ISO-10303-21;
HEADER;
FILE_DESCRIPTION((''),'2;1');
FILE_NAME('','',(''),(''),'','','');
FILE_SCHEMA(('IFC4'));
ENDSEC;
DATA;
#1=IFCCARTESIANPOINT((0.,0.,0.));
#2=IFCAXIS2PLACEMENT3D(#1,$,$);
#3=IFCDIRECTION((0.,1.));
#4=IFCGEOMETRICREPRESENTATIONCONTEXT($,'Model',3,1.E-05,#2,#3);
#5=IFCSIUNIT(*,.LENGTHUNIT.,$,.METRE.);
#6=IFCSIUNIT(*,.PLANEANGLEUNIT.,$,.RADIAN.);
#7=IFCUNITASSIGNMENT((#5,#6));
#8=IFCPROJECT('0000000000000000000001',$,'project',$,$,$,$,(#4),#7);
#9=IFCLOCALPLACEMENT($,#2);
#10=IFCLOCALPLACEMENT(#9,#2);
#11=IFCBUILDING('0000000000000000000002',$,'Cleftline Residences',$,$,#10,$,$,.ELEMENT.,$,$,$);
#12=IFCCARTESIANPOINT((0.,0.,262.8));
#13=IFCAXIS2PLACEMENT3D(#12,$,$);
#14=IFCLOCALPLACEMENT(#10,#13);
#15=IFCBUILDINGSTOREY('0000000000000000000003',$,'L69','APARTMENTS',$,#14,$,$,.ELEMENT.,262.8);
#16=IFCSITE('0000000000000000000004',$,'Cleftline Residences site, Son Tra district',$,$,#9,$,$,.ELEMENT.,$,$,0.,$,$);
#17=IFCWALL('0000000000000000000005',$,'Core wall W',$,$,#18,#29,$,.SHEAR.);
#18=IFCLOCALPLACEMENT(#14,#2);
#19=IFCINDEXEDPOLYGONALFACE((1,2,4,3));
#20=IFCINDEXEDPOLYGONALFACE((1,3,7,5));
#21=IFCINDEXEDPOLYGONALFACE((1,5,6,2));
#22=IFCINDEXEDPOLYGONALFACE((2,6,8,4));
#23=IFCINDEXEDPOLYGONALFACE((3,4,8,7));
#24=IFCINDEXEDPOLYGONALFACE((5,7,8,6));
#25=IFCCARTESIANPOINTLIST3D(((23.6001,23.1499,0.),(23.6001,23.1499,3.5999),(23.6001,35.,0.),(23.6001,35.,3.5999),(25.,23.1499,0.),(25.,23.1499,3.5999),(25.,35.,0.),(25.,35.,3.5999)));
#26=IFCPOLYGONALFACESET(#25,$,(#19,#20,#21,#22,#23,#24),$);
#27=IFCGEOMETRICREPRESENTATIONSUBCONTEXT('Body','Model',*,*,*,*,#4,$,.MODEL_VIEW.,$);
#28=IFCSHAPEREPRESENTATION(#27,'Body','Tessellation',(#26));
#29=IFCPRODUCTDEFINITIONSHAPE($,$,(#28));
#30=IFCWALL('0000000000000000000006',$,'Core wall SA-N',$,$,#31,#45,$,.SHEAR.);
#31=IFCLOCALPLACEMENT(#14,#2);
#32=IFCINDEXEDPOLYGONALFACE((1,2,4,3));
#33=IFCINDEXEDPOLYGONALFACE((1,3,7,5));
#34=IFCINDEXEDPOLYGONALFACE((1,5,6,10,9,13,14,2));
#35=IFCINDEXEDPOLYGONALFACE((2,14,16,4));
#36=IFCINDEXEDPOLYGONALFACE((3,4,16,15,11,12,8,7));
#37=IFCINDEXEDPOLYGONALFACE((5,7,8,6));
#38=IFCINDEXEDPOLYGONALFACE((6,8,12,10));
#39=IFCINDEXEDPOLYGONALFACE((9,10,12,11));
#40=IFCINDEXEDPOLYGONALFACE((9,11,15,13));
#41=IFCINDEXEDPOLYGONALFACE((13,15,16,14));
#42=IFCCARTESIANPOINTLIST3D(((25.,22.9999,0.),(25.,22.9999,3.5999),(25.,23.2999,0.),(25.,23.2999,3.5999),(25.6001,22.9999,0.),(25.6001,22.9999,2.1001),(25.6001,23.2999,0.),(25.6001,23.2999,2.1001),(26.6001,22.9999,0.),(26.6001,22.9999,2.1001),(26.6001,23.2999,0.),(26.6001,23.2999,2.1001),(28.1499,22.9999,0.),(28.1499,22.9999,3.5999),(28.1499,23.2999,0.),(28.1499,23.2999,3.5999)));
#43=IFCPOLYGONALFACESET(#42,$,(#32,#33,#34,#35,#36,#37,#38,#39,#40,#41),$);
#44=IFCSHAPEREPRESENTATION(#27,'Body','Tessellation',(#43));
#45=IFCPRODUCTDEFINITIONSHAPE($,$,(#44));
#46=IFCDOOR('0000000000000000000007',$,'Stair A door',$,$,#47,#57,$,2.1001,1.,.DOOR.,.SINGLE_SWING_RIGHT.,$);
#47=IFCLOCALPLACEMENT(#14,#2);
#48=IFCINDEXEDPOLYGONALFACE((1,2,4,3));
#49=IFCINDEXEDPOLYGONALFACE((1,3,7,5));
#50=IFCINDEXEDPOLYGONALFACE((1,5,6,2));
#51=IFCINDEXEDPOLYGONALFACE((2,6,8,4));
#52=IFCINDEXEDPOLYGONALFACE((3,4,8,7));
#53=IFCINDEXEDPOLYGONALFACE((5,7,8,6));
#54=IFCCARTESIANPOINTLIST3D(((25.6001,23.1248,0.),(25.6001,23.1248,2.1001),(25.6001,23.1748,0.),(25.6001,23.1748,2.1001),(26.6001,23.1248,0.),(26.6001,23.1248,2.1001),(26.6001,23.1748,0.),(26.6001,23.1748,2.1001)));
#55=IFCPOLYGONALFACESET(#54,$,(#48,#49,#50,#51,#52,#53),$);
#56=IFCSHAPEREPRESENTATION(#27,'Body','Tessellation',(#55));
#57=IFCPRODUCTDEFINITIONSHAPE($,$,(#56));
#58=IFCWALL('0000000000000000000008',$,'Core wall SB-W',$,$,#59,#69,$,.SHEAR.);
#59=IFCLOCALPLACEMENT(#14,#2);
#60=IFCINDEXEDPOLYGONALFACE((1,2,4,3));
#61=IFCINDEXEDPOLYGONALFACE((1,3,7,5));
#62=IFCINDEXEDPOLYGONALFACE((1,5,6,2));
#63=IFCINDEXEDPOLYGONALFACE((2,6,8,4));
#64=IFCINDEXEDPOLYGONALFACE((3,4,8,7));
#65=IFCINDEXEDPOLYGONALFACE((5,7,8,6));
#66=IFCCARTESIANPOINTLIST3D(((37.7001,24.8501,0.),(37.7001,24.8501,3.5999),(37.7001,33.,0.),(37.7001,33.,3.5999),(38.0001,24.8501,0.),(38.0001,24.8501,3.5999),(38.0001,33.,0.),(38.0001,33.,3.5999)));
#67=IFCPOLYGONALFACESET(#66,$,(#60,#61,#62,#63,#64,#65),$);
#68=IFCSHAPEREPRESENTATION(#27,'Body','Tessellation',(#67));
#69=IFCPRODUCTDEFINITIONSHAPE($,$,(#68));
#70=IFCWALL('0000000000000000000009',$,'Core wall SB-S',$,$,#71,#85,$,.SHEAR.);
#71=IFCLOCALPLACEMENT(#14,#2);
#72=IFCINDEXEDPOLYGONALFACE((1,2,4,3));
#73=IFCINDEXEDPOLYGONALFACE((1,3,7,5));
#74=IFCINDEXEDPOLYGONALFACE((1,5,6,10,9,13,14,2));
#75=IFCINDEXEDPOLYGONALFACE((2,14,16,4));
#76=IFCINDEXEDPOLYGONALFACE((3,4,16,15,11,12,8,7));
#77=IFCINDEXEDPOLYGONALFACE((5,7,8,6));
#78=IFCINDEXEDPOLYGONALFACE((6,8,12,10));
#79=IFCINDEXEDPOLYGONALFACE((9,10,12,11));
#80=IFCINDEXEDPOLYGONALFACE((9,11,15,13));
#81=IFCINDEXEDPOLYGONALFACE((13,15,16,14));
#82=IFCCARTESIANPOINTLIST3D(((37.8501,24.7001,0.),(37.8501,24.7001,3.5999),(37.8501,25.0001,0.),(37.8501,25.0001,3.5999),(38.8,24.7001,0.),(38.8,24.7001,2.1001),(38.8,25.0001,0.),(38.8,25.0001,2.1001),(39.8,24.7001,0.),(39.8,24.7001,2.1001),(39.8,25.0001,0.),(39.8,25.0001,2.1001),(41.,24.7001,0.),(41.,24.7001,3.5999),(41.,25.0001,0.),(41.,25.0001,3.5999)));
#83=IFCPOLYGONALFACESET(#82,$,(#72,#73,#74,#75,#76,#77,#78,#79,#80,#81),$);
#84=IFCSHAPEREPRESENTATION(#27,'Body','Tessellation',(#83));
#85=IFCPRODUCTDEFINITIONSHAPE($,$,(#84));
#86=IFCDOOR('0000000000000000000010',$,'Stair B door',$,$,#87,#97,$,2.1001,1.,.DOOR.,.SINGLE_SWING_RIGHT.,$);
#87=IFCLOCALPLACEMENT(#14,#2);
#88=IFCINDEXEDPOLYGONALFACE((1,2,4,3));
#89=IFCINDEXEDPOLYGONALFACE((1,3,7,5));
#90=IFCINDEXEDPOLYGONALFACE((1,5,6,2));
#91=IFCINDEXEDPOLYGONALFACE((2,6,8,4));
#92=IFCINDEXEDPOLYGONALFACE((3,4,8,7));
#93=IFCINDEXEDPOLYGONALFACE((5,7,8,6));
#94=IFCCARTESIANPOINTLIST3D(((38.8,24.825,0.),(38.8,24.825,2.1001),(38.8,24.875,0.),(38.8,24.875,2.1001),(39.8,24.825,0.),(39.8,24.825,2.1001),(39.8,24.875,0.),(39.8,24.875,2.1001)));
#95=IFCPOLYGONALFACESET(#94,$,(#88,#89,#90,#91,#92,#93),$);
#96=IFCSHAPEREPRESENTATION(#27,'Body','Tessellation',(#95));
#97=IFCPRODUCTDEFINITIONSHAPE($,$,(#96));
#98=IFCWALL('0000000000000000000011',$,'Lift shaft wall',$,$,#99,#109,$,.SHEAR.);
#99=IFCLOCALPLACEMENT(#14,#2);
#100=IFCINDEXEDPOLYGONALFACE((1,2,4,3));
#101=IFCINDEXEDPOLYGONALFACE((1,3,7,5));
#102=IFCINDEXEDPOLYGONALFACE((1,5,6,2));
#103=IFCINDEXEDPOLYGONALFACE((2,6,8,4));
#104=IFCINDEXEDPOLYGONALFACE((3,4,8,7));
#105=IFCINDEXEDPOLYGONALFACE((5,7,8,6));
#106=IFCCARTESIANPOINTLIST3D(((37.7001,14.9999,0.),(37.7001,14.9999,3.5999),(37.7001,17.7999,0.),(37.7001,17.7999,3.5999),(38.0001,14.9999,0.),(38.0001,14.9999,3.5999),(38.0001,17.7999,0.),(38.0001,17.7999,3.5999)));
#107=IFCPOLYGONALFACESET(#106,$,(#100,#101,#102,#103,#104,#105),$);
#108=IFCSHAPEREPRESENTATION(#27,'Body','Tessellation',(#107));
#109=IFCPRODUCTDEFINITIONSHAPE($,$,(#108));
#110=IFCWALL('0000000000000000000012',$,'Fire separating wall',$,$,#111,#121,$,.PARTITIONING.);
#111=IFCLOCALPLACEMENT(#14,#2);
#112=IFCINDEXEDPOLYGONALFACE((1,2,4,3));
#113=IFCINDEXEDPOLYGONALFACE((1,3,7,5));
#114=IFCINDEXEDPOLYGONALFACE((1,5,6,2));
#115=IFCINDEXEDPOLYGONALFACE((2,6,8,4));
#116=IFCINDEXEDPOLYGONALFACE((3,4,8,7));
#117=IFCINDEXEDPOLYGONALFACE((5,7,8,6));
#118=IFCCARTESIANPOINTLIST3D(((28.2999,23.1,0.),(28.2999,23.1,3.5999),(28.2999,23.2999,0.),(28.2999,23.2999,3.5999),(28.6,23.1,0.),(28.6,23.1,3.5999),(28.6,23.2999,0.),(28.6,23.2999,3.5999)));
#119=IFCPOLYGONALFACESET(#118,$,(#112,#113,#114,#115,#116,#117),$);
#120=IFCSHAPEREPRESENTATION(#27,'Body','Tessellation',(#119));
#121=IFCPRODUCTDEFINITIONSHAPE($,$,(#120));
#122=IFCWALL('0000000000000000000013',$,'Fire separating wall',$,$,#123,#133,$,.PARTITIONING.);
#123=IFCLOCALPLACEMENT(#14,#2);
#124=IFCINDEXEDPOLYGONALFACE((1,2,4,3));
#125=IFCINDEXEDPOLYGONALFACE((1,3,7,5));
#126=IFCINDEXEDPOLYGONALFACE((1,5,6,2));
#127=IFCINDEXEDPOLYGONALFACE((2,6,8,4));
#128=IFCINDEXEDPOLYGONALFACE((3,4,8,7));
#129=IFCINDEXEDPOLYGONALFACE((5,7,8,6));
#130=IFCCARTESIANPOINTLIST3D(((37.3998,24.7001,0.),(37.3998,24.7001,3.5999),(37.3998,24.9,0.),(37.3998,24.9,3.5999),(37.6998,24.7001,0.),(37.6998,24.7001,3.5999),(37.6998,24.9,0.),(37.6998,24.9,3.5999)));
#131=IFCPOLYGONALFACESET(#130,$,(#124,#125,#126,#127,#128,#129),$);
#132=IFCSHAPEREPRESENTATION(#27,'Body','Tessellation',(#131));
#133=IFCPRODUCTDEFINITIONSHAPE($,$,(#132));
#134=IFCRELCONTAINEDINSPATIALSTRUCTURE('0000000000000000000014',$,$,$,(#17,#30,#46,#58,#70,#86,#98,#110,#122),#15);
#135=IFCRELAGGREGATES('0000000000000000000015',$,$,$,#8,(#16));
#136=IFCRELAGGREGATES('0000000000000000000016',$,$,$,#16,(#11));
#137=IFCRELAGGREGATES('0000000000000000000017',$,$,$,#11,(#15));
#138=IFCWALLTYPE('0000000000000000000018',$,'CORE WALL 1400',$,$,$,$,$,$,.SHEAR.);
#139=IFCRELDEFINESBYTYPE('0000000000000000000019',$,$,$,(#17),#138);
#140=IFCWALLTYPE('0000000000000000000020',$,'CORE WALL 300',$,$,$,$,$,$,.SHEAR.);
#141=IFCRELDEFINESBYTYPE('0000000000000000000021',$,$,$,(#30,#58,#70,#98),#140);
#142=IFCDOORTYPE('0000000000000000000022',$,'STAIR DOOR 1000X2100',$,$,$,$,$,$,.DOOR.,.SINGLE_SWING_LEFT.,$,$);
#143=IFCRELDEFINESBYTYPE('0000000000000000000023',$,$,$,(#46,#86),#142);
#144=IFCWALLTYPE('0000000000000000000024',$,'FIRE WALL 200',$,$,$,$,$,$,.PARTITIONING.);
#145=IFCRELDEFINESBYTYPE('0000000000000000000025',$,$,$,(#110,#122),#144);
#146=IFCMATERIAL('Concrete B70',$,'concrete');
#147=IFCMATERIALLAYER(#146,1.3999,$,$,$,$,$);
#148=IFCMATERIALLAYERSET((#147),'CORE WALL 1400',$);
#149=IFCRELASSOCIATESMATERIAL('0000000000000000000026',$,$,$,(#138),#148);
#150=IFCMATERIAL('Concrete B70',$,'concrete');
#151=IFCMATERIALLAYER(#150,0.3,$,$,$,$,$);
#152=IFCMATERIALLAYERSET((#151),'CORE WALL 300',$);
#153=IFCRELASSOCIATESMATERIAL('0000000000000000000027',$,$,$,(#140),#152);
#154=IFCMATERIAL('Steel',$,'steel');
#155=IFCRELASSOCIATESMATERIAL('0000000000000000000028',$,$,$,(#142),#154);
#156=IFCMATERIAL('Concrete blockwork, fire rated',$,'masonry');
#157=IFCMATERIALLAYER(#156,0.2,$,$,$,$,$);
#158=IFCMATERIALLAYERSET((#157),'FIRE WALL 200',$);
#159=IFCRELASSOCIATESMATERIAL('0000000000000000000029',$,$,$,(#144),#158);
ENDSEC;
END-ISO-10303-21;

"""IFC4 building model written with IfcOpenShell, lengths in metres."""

from ifc_helpers import new_model, si_unit, direction, frame, frame_2d, origin, place, context, subcontext, project, spatial, rectangle, extrude, material, layer, layer_set, type_object, element, fill, save


model = new_model("IFC4")

# Units and contexts
model_context = context("Model", 3, precision=1e-05, world=origin(), true_north=direction((0.0, 1.0)))
body_context = subcontext(model_context, "Body", "Model", "MODEL_VIEW")
ifc_project = project(units=[si_unit("LENGTHUNIT", "METRE"), si_unit("PLANEANGLEUNIT", "RADIAN")], contexts=[model_context])

# Site, building, storey
site_placement = place(None, origin())
site = spatial("IfcSite", under=ifc_project, at=site_placement, Name="Cleftline Residences site, Son Tra district", CompositionType="ELEMENT", RefElevation=0.0)
building_placement = place(site_placement, origin())
building = spatial("IfcBuilding", under=site, at=building_placement, Name="Cleftline Residences", CompositionType="ELEMENT")
storey_placement = place(building_placement, frame((0.0, 0.0, 262.8)))
storey = spatial("IfcBuildingStorey", under=building, at=storey_placement, Name="L69", Description="APARTMENTS", CompositionType="ELEMENT", Elevation=262.8)

# Wall
ifc_material_1 = material(Name="Concrete B70", Category="concrete")
ifc_layer_1 = layer(ifc_material_1, 1.3999)
ifc_layer_set_1 = layer_set([ifc_layer_1], Name="CORE WALL 1400")
wall_type_1 = type_object("IfcWallType", Name="CORE WALL 1400", PredefinedType="SHEAR", material=ifc_layer_set_1)
wall_1_placement = place(storey_placement, frame((24.3, 23.1499, 0.0), z_axis=(0.0, 0.0, 1.0), x_axis=(0.0, 1.0, 0.0)))
element("IfcWall", 1, at=wall_1_placement, inside=storey, type_object=wall_type_1, Name="Core wall W", PredefinedType="SHEAR", context=body_context, shape_type="SweptSolid", body=[
    extrude(rectangle(XDim=11.8501, YDim=1.3999, at=frame_2d((5.925, 0.0))), origin(), (0.0, 0.0, 1.0), 3.5999),
])

# Wall, opening, door
ifc_material_2 = material(Name="Concrete B70", Category="concrete")
ifc_layer_2 = layer(ifc_material_2, 0.3)
ifc_layer_set_2 = layer_set([ifc_layer_2], Name="CORE WALL 300")
wall_type_2 = type_object("IfcWallType", Name="CORE WALL 300", PredefinedType="SHEAR", material=ifc_layer_set_2)
wall_2_placement = place(storey_placement, frame((25.0, 23.1499, 0.0), z_axis=(0.0, 0.0, 1.0), x_axis=(1.0, 0.0, 0.0)))
wall_2 = element("IfcWall", 2, at=wall_2_placement, inside=storey, type_object=wall_type_2, Name="Core wall SA-N", PredefinedType="SHEAR", context=body_context, shape_type="SweptSolid", body=[
    extrude(rectangle(XDim=3.1499, YDim=0.3, at=frame_2d((1.575, 0.0))), origin(), (0.0, 0.0, 1.0), 3.5999),
])
opening_1_placement = place(wall_2_placement, frame((0.6001, 0.0, 0.0)))
opening_1 = element("IfcOpeningElement", 3, at=opening_1_placement, cuts=wall_2, PredefinedType="OPENING", context=body_context, shape_type="SweptSolid", body=[
    extrude(rectangle(XDim=1.0, YDim=2.1001, at=frame_2d((0.5, 1.05))), frame((0.0, 0.1599, 0.0), z_axis=(0.0, -1.0, 0.0), x_axis=(1.0, 0.0, 0.0)), (0.0, 0.0, 1.0), 0.3201),
])
ifc_material_3 = material(Name="Steel", Category="steel")
door_type_1 = type_object("IfcDoorType", Name="STAIR DOOR 1000X2100", OperationType="SINGLE_SWING_LEFT", PredefinedType="DOOR", material=ifc_material_3)
door_1_placement = place(opening_1_placement, origin())
door_1 = element("IfcDoor", 4, at=door_1_placement, inside=storey, type_object=door_type_1, Name="Stair A door", OperationType="SINGLE_SWING_RIGHT", OverallHeight=2.1001, OverallWidth=1.0, PredefinedType="DOOR", context=body_context, shape_type="SweptSolid", body=[
    extrude(rectangle(XDim=1.0, YDim=2.1001, at=frame_2d((0.5, 1.05))), frame((0.0, 0.0249, 0.0), z_axis=(0.0, -1.0, 0.0), x_axis=(1.0, 0.0, 0.0)), (0.0, 0.0, 1.0), 0.05),
])
fill(opening_1, door_1)

# Wall
wall_3_placement = place(storey_placement, frame((37.8501, 24.8501, 0.0), z_axis=(0.0, 0.0, 1.0), x_axis=(0.0, 1.0, 0.0)))
element("IfcWall", 5, at=wall_3_placement, inside=storey, type_object=wall_type_2, Name="Core wall SB-W", PredefinedType="SHEAR", context=body_context, shape_type="SweptSolid", body=[
    extrude(rectangle(XDim=8.1499, YDim=0.3, at=frame_2d((4.075, 0.0))), origin(), (0.0, 0.0, 1.0), 3.5999),
])

# Wall, opening, door
wall_4_placement = place(storey_placement, frame((37.8501, 24.8501, 0.0), z_axis=(0.0, 0.0, 1.0), x_axis=(1.0, 0.0, 0.0)))
wall_4 = element("IfcWall", 6, at=wall_4_placement, inside=storey, type_object=wall_type_2, Name="Core wall SB-S", PredefinedType="SHEAR", context=body_context, shape_type="SweptSolid", body=[
    extrude(rectangle(XDim=3.1499, YDim=0.3, at=frame_2d((1.575, 0.0))), origin(), (0.0, 0.0, 1.0), 3.5999),
])
opening_2_placement = place(wall_4_placement, frame((0.95, 0.0, 0.0)))
opening_2 = element("IfcOpeningElement", 7, at=opening_2_placement, cuts=wall_4, PredefinedType="OPENING", context=body_context, shape_type="SweptSolid", body=[
    extrude(rectangle(XDim=1.0, YDim=2.1001, at=frame_2d((0.5, 1.05))), frame((0.0, 0.1599, 0.0), z_axis=(0.0, -1.0, 0.0), x_axis=(1.0, 0.0, 0.0)), (0.0, 0.0, 1.0), 0.3201),
])
door_2_placement = place(opening_2_placement, origin())
door_2 = element("IfcDoor", 8, at=door_2_placement, inside=storey, type_object=door_type_1, Name="Stair B door", OperationType="SINGLE_SWING_RIGHT", OverallHeight=2.1001, OverallWidth=1.0, PredefinedType="DOOR", context=body_context, shape_type="SweptSolid", body=[
    extrude(rectangle(XDim=1.0, YDim=2.1001, at=frame_2d((0.5, 1.05))), frame((0.0, 0.0249, 0.0), z_axis=(0.0, -1.0, 0.0), x_axis=(1.0, 0.0, 0.0)), (0.0, 0.0, 1.0), 0.05),
])
fill(opening_2, door_2)

# Walls
wall_5_placement = place(storey_placement, frame((37.8501, 15.0, 0.0), z_axis=(0.0, 0.0, 1.0), x_axis=(0.0, 1.0, 0.0)))
element("IfcWall", 9, at=wall_5_placement, inside=storey, type_object=wall_type_2, Name="Lift shaft wall", PredefinedType="SHEAR", context=body_context, shape_type="SweptSolid", body=[
    extrude(rectangle(XDim=2.8, YDim=0.3, at=frame_2d((1.3999, 0.0))), origin(), (0.0, 0.0, 1.0), 3.5999),
])
ifc_material_4 = material(Name="Concrete blockwork, fire rated", Category="masonry")
ifc_layer_3 = layer(ifc_material_4, 0.2)
ifc_layer_set_3 = layer_set([ifc_layer_3], Name="FIRE WALL 200")
wall_type_3 = type_object("IfcWallType", Name="FIRE WALL 200", PredefinedType="PARTITIONING", material=ifc_layer_set_3)
for number, where, z_axis, x_axis, name in (
    (10, (28.3, 23.2, 0.0), (0.0, 0.0, 1.0), (1.0, 0.0, 0.0), "Fire separating wall"),
    (11, (37.3999, 24.8, 0.0), (0.0, 0.0, 1.0), (1.0, 0.0, 0.0), "Fire separating wall"),
):
    element("IfcWall", number, at=place(storey_placement, frame(where, z_axis=z_axis, x_axis=x_axis)), inside=storey, type_object=wall_type_3, Name=name, PredefinedType="PARTITIONING", context=body_context, shape_type="SweptSolid", body=[
        extrude(rectangle(XDim=0.3, YDim=0.2, at=frame_2d((0.1499, 0.0))), origin(), (0.0, 0.0, 1.0), 3.5999),
    ])

save(model, "model.ifc")
